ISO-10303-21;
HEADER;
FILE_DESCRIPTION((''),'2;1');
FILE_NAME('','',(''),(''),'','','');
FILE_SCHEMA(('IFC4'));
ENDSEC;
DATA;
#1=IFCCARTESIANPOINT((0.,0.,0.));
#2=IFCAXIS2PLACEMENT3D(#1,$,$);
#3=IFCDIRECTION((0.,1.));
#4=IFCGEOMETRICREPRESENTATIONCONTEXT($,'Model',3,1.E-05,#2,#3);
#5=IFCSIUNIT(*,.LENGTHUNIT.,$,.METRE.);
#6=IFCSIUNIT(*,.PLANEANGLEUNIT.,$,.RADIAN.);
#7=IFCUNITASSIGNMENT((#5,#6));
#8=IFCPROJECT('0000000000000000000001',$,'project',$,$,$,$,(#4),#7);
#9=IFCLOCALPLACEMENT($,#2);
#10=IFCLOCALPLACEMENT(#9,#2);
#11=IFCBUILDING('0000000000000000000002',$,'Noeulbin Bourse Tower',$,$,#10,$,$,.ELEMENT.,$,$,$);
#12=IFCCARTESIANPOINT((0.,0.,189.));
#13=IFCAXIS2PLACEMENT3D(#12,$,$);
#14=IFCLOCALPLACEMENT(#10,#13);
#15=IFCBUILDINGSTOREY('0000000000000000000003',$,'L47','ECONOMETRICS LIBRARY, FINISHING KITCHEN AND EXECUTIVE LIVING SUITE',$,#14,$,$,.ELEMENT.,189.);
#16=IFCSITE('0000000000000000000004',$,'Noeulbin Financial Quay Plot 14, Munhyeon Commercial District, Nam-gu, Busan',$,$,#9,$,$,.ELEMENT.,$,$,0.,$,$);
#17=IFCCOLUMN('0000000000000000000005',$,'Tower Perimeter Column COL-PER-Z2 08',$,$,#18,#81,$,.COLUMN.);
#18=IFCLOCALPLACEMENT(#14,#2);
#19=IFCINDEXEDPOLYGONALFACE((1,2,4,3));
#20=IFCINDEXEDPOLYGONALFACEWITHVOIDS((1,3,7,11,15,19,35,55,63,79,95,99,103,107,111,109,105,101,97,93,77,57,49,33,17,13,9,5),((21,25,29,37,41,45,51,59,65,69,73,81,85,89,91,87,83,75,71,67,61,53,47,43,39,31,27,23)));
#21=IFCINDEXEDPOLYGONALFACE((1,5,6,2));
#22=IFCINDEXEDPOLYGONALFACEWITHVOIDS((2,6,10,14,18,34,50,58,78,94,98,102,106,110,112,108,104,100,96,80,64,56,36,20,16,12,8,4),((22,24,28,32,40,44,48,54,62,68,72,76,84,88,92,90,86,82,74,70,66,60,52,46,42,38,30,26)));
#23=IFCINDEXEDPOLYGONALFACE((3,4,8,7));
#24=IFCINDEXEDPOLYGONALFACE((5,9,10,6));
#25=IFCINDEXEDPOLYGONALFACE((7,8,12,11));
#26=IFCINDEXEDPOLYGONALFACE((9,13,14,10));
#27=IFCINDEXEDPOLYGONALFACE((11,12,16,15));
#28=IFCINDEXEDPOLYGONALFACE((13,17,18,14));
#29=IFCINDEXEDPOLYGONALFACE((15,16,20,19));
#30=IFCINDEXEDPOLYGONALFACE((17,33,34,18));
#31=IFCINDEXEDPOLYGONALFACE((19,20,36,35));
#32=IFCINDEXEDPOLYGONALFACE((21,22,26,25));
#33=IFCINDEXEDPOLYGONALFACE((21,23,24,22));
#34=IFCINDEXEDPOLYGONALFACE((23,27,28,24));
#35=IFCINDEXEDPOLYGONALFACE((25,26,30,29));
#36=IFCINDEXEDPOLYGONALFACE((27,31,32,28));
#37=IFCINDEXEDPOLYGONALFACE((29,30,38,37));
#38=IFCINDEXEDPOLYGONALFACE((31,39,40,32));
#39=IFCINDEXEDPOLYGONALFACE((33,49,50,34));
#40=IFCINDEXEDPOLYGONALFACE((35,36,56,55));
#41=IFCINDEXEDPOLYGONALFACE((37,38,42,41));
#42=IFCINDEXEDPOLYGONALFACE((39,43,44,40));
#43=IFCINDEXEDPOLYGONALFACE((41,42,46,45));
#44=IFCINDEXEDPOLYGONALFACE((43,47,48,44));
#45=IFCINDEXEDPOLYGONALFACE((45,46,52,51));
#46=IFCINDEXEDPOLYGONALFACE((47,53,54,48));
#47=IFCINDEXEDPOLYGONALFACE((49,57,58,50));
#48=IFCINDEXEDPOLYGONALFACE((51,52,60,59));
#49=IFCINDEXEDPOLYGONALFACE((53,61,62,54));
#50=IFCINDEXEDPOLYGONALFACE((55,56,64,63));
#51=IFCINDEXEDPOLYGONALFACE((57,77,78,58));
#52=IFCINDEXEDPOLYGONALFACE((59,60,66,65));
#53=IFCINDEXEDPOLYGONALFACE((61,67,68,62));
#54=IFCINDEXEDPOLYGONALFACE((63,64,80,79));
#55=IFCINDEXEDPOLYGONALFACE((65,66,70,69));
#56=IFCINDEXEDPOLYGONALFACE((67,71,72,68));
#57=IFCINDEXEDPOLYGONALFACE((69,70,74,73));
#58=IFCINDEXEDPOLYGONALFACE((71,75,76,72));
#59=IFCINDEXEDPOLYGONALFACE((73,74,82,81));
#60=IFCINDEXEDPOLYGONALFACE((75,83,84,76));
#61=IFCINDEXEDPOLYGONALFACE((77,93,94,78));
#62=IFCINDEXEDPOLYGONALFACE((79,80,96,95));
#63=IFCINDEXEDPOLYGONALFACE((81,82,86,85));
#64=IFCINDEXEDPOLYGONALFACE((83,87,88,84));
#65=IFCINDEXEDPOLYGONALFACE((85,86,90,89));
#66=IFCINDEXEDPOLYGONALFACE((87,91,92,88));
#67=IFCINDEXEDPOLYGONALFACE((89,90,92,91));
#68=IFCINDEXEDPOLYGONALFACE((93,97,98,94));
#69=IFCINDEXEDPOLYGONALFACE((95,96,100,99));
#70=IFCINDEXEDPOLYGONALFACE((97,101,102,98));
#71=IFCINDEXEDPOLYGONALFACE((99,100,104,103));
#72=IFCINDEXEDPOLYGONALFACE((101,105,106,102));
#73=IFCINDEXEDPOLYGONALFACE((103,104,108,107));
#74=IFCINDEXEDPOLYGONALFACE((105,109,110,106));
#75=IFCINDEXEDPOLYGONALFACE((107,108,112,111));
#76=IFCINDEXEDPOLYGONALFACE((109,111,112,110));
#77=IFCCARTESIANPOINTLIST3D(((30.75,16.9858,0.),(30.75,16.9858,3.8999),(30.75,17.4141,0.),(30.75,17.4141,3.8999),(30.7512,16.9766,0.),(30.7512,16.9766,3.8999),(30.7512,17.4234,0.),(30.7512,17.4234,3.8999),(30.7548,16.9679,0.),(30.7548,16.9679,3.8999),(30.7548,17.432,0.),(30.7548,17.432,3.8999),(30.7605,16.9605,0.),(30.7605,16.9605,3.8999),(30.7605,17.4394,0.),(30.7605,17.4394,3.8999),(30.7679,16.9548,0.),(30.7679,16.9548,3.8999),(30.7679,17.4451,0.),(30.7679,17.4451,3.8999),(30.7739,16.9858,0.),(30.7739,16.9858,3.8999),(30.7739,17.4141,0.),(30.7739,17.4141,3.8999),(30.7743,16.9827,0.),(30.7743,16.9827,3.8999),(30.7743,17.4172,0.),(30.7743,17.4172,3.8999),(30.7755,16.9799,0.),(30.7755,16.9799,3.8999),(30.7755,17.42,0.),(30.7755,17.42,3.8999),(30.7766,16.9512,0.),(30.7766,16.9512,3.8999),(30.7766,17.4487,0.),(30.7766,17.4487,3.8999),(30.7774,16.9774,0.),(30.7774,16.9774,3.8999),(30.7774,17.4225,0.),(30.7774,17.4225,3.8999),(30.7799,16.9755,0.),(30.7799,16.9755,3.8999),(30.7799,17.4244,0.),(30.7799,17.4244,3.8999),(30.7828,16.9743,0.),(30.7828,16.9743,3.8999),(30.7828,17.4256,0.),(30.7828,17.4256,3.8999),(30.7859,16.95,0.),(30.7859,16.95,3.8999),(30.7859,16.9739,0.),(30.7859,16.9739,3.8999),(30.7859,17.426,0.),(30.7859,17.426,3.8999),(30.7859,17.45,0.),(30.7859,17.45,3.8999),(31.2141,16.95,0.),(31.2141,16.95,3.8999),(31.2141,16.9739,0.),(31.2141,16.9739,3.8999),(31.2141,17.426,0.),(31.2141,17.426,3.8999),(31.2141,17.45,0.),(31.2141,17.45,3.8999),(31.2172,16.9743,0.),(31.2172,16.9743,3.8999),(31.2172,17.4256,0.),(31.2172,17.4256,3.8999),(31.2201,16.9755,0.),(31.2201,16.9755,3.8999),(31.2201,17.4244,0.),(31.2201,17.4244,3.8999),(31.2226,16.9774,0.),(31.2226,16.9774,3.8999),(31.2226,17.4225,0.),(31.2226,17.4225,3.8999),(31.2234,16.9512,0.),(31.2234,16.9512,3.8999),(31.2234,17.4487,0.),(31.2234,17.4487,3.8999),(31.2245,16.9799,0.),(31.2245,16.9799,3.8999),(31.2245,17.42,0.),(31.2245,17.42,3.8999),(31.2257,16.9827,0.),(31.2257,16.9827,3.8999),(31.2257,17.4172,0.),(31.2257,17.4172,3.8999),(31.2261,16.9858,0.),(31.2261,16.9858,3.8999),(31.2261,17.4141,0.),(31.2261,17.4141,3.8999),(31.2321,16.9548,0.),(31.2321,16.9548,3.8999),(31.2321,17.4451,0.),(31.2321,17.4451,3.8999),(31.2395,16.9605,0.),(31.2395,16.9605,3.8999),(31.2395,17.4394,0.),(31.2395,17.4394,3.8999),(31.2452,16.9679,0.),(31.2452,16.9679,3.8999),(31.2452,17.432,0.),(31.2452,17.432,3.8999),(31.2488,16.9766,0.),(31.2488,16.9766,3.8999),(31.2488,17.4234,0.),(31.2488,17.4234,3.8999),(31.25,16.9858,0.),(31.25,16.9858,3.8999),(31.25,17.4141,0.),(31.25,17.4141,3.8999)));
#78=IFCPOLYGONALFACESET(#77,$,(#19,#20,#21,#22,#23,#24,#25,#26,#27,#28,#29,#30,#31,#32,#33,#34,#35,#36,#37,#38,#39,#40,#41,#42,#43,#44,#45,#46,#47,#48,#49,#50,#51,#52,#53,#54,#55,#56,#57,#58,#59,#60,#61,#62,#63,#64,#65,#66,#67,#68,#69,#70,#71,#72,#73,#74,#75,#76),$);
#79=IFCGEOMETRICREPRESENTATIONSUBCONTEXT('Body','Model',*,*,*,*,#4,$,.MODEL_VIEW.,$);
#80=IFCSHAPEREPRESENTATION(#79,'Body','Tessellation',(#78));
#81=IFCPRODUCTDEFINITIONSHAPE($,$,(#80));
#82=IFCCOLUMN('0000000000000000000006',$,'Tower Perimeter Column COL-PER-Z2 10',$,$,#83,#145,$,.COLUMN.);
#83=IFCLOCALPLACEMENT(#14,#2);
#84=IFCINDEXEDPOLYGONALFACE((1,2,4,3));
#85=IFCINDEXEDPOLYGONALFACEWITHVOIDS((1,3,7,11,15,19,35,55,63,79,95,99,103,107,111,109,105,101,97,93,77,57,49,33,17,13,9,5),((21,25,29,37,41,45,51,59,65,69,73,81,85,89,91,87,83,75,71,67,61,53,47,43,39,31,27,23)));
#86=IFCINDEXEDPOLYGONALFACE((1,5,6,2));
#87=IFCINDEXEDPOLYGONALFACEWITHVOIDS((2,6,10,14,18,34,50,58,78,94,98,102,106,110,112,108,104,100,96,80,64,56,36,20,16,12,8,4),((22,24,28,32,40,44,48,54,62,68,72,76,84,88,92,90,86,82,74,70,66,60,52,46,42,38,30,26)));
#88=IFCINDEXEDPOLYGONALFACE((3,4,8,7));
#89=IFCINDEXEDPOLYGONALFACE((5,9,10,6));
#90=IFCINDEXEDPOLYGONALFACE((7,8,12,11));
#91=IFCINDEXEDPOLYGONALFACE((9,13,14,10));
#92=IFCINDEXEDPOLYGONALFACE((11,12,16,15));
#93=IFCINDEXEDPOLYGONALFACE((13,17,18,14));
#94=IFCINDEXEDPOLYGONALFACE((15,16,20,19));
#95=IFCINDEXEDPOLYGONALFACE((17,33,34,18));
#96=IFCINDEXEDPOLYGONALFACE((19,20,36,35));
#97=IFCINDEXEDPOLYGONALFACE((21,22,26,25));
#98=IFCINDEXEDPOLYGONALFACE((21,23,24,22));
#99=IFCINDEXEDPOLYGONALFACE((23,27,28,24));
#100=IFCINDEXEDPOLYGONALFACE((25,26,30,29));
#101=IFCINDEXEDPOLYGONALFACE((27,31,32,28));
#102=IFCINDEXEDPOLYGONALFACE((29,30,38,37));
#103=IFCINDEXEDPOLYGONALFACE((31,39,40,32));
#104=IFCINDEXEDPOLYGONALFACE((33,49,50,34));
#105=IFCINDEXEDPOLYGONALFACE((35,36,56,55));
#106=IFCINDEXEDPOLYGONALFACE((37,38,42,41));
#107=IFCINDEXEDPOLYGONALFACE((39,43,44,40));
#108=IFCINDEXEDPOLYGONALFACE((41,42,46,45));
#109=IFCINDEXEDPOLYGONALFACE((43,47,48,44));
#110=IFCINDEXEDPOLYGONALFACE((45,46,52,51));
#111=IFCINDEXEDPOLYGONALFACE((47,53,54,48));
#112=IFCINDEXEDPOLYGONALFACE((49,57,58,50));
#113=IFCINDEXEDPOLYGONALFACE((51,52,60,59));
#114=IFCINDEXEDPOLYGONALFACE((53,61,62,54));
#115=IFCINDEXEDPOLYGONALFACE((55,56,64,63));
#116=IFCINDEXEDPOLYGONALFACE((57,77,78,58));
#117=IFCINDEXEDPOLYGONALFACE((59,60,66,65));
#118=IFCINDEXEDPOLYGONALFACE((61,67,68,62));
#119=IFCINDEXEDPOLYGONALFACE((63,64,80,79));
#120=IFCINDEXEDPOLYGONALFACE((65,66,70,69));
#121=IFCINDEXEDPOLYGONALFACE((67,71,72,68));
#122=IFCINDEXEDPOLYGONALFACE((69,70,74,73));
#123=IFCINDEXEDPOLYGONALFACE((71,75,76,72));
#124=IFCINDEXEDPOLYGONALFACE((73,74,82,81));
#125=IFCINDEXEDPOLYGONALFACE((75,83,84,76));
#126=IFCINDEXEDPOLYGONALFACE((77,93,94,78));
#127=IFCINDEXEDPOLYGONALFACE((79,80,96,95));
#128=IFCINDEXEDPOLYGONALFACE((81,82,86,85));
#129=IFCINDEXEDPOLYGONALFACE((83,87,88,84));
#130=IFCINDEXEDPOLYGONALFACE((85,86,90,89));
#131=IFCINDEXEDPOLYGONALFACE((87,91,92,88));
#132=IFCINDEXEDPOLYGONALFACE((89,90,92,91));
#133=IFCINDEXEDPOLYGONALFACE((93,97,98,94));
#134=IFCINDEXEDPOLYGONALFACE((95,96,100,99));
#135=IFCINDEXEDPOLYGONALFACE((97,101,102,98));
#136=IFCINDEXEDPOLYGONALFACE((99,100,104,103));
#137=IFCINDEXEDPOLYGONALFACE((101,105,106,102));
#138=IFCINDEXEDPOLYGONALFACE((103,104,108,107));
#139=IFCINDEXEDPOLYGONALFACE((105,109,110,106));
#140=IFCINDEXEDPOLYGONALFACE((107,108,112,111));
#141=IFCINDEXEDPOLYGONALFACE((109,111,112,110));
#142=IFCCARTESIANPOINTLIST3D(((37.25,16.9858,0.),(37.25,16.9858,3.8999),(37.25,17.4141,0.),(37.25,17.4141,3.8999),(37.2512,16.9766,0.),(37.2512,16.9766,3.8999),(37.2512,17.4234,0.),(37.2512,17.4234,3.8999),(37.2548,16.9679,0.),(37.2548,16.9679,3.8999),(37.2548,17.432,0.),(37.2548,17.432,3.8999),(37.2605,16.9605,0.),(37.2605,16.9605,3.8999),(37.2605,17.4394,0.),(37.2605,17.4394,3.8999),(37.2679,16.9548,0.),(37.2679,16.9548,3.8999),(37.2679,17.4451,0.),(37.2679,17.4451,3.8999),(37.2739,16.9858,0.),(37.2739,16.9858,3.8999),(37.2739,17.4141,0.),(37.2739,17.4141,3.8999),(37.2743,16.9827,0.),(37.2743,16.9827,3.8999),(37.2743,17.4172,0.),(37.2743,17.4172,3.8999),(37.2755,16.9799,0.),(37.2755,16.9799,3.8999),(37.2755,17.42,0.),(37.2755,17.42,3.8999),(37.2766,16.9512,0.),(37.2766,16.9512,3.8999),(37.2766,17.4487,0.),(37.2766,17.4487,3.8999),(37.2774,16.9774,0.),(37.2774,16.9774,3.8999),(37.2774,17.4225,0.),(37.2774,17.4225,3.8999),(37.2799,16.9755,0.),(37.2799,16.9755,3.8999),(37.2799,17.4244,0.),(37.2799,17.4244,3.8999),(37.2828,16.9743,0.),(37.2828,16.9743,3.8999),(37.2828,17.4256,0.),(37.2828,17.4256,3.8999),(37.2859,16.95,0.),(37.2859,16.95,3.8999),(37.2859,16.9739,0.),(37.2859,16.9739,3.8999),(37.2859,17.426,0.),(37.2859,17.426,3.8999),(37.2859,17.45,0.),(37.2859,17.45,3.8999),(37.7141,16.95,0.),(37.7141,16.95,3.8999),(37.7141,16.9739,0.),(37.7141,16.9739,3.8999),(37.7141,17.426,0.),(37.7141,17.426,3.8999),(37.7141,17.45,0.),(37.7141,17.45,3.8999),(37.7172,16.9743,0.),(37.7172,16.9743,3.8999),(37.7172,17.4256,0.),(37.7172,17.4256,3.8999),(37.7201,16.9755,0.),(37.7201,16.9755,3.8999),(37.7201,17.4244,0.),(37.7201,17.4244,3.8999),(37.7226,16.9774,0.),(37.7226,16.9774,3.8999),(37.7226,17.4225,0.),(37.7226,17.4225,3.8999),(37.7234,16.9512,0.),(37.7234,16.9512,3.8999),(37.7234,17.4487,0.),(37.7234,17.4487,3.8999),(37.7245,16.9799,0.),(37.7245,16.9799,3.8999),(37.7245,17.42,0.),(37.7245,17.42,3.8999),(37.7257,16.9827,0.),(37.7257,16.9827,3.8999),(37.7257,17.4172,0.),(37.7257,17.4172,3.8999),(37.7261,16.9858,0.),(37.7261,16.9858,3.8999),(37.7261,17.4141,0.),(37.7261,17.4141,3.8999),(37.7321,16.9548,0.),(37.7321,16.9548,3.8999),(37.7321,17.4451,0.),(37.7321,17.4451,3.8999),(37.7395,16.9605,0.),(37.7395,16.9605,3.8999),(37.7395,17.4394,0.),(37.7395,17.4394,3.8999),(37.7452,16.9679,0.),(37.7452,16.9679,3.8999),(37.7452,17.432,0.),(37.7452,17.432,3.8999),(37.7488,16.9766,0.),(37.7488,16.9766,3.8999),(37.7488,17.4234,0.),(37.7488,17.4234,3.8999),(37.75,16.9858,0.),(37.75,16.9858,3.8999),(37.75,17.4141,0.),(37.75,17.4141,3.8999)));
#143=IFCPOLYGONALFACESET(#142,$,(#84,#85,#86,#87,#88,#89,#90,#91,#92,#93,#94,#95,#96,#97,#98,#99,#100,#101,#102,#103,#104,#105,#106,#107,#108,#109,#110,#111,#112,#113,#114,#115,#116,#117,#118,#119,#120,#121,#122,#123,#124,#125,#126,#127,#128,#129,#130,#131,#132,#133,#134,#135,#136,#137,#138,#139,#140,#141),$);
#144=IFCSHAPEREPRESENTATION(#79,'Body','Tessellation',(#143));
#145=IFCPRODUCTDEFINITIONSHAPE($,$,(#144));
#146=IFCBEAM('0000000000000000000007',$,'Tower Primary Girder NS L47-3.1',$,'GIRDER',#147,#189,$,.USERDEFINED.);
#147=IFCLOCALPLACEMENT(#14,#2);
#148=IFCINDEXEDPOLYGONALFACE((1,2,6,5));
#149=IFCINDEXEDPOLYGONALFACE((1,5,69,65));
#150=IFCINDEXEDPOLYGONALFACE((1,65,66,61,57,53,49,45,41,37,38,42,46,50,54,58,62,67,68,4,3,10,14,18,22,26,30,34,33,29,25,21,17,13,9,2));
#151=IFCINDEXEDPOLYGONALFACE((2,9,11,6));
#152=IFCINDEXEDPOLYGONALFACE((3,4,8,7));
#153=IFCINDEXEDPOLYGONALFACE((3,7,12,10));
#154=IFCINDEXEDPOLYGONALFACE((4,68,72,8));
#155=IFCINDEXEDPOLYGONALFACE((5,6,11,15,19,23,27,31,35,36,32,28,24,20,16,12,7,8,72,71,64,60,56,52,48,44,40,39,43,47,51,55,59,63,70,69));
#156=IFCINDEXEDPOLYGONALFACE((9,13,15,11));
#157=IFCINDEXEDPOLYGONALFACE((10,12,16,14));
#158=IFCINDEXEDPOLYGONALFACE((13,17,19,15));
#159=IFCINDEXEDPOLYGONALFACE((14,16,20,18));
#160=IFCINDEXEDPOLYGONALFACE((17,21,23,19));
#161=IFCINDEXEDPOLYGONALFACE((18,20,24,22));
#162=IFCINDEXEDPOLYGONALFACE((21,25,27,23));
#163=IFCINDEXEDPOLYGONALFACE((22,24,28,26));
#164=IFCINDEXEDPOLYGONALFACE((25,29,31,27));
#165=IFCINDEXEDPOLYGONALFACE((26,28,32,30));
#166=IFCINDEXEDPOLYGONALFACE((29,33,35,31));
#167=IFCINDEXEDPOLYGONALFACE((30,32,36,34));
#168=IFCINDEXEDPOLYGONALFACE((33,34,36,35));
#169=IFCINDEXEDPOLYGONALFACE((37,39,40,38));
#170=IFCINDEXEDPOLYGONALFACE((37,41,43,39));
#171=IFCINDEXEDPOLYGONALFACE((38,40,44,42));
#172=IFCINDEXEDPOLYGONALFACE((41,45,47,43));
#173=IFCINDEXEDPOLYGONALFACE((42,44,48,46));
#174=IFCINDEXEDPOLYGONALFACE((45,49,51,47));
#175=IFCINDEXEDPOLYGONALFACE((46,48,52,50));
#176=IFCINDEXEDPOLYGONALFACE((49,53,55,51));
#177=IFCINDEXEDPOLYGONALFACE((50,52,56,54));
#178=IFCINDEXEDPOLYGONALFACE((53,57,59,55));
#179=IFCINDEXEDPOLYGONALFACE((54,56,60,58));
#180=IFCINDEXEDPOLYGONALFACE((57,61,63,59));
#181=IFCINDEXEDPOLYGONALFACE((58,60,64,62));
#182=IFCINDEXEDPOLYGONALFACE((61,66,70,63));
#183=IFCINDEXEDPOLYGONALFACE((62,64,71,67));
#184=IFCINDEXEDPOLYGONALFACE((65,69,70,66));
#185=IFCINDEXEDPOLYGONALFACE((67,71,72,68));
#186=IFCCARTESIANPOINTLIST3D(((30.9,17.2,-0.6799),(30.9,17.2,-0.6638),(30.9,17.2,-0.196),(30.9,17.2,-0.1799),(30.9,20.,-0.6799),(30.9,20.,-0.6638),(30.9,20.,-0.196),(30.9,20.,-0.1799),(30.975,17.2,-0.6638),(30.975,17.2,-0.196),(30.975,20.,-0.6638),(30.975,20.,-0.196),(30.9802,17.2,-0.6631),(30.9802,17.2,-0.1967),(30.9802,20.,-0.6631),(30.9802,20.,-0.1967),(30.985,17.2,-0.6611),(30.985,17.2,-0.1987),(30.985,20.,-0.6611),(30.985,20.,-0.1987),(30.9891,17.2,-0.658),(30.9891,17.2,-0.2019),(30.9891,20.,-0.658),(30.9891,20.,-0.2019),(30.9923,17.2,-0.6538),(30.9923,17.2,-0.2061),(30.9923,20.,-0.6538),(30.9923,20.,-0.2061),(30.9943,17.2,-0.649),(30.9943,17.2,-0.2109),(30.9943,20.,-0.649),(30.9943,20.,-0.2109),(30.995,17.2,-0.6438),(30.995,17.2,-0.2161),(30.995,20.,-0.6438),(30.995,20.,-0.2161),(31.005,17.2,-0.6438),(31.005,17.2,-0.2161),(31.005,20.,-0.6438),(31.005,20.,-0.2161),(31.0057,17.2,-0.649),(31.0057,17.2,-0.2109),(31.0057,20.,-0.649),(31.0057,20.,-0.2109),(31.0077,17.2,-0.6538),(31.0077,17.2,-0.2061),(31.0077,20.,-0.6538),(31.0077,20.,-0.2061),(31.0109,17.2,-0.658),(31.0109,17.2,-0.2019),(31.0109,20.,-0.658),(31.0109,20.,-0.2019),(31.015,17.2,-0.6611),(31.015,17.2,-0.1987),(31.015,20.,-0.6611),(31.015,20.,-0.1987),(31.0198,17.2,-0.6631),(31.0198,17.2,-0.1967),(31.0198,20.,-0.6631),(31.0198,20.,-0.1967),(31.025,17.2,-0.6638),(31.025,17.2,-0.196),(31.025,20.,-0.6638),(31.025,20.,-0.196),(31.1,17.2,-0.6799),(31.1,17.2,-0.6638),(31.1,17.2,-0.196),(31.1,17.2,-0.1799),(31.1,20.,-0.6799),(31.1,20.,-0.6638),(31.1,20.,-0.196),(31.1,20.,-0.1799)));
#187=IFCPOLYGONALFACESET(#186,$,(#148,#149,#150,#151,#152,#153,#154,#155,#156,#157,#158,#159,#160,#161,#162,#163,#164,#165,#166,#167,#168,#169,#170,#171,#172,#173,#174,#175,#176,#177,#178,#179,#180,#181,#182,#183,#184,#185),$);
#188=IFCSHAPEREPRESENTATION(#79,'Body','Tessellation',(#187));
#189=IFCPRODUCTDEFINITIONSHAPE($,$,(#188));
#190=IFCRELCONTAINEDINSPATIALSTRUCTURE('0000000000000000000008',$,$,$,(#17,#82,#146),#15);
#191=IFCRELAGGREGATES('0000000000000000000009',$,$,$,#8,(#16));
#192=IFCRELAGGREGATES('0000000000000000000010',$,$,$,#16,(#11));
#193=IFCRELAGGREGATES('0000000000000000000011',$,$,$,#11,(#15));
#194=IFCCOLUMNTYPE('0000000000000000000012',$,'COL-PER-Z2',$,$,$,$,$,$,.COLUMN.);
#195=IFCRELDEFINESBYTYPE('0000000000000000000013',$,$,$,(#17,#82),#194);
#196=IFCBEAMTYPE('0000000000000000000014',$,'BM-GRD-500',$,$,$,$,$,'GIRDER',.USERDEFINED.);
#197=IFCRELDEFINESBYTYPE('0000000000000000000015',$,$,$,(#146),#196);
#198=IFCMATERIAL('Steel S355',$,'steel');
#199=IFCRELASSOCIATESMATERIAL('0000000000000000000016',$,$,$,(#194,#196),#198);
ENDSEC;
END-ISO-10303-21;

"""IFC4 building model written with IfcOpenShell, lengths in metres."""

from ifc_helpers import new_model, si_unit, direction, frame, origin, origin_2d, place, context, subcontext, project, spatial, hollow_rectangle, i_section, extrude, material, material_profile, profile_set, type_object, element, save


model = new_model("IFC4")

# Units and contexts
model_context = context("Model", 3, precision=1e-05, world=origin(), true_north=direction((0.0, 1.0)))
body_context = subcontext(model_context, "Body", "Model", "MODEL_VIEW")
ifc_project = project(units=[si_unit("LENGTHUNIT", "METRE"), si_unit("PLANEANGLEUNIT", "RADIAN")], contexts=[model_context])

# Site, building, storey
site_placement = place(None, origin())
site = spatial("IfcSite", under=ifc_project, at=site_placement, Name="Noeulbin Financial Quay Plot 14, Munhyeon Commercial District, Nam-gu, Busan", CompositionType="ELEMENT", RefElevation=0.0)
building_placement = place(site_placement, origin())
building = spatial("IfcBuilding", under=site, at=building_placement, Name="Noeulbin Bourse Tower", CompositionType="ELEMENT")
storey_placement = place(building_placement, frame((0.0, 0.0, 189.0)))
storey = spatial("IfcBuildingStorey", under=building, at=storey_placement, Name="L47", Description="ECONOMETRICS LIBRARY, FINISHING KITCHEN AND EXECUTIVE LIVING SUITE", CompositionType="ELEMENT", Elevation=189.0)

# Columns
ifc_material_1 = material(Name="Steel S355", Category="steel")
ifc_material_profile_1 = material_profile(ifc_material_1, hollow_rectangle(XDim=0.5, YDim=0.5, WallThickness=0.0239, InnerFilletRadius=0.012, OuterFilletRadius=0.0359, at=origin_2d()), Name="BOX-500x500x24", Category="LoadBearing")
ifc_profile_set_1 = profile_set([ifc_material_profile_1], Name="Steel S355")
column_type = type_object("IfcColumnType", Name="COL-PER-Z2", PredefinedType="COLUMN", material=ifc_profile_set_1)
for number, where, z_axis, x_axis, name in (
    (1, (31.0, 17.2, 0.0), (0.0, 0.0, 1.0), (1.0, 0.0, 0.0), "Tower Perimeter Column COL-PER-Z2 08"),
    (2, (37.5, 17.2, 0.0), (0.0, 0.0, 1.0), (1.0, 0.0, 0.0), "Tower Perimeter Column COL-PER-Z2 10"),
):
    element("IfcColumn", number, at=place(storey_placement, frame(where, z_axis=z_axis, x_axis=x_axis)), inside=storey, type_object=column_type, Name=name, PredefinedType="COLUMN", context=body_context, shape_type="SweptSolid", body=[
        extrude(hollow_rectangle(XDim=0.5, YDim=0.5, WallThickness=0.0239, InnerFilletRadius=0.012, OuterFilletRadius=0.0359, at=origin_2d()), origin(), (0.0, 0.0, 1.0), 3.8999),
    ])

# Beam
ifc_material_profile_2 = material_profile(ifc_material_1, i_section(OverallWidth=0.2, OverallDepth=0.5, WebThickness=0.01, FlangeThickness=0.0161, FilletRadius=0.02, at=origin_2d()), Name="H-500x200x10x16", Category="LoadBearing")
ifc_profile_set_2 = profile_set([ifc_material_profile_2], Name="Steel S355")
beam_type_1 = type_object("IfcBeamType", Name="BM-GRD-500", ElementType="GIRDER", PredefinedType="USERDEFINED", material=ifc_profile_set_2)
for number, where, z_axis, x_axis, name in (
    (3, (31.0, 17.2, -0.4299), (0.0, 1.0, 0.0), (-1.0, 0.0, 0.0), "Tower Primary Girder NS L47-3.1"),
):
    element("IfcBeam", number, at=place(storey_placement, frame(where, z_axis=z_axis, x_axis=x_axis)), inside=storey, type_object=beam_type_1, Name=name, ObjectType="GIRDER", PredefinedType="USERDEFINED", context=body_context, shape_type="SweptSolid", body=[
        extrude(i_section(OverallWidth=0.2, OverallDepth=0.5, WebThickness=0.01, FlangeThickness=0.0161, FilletRadius=0.02, at=origin_2d()), origin(), (0.0, 0.0, 1.0), 2.8),
    ])

save(model, "model.ifc")
